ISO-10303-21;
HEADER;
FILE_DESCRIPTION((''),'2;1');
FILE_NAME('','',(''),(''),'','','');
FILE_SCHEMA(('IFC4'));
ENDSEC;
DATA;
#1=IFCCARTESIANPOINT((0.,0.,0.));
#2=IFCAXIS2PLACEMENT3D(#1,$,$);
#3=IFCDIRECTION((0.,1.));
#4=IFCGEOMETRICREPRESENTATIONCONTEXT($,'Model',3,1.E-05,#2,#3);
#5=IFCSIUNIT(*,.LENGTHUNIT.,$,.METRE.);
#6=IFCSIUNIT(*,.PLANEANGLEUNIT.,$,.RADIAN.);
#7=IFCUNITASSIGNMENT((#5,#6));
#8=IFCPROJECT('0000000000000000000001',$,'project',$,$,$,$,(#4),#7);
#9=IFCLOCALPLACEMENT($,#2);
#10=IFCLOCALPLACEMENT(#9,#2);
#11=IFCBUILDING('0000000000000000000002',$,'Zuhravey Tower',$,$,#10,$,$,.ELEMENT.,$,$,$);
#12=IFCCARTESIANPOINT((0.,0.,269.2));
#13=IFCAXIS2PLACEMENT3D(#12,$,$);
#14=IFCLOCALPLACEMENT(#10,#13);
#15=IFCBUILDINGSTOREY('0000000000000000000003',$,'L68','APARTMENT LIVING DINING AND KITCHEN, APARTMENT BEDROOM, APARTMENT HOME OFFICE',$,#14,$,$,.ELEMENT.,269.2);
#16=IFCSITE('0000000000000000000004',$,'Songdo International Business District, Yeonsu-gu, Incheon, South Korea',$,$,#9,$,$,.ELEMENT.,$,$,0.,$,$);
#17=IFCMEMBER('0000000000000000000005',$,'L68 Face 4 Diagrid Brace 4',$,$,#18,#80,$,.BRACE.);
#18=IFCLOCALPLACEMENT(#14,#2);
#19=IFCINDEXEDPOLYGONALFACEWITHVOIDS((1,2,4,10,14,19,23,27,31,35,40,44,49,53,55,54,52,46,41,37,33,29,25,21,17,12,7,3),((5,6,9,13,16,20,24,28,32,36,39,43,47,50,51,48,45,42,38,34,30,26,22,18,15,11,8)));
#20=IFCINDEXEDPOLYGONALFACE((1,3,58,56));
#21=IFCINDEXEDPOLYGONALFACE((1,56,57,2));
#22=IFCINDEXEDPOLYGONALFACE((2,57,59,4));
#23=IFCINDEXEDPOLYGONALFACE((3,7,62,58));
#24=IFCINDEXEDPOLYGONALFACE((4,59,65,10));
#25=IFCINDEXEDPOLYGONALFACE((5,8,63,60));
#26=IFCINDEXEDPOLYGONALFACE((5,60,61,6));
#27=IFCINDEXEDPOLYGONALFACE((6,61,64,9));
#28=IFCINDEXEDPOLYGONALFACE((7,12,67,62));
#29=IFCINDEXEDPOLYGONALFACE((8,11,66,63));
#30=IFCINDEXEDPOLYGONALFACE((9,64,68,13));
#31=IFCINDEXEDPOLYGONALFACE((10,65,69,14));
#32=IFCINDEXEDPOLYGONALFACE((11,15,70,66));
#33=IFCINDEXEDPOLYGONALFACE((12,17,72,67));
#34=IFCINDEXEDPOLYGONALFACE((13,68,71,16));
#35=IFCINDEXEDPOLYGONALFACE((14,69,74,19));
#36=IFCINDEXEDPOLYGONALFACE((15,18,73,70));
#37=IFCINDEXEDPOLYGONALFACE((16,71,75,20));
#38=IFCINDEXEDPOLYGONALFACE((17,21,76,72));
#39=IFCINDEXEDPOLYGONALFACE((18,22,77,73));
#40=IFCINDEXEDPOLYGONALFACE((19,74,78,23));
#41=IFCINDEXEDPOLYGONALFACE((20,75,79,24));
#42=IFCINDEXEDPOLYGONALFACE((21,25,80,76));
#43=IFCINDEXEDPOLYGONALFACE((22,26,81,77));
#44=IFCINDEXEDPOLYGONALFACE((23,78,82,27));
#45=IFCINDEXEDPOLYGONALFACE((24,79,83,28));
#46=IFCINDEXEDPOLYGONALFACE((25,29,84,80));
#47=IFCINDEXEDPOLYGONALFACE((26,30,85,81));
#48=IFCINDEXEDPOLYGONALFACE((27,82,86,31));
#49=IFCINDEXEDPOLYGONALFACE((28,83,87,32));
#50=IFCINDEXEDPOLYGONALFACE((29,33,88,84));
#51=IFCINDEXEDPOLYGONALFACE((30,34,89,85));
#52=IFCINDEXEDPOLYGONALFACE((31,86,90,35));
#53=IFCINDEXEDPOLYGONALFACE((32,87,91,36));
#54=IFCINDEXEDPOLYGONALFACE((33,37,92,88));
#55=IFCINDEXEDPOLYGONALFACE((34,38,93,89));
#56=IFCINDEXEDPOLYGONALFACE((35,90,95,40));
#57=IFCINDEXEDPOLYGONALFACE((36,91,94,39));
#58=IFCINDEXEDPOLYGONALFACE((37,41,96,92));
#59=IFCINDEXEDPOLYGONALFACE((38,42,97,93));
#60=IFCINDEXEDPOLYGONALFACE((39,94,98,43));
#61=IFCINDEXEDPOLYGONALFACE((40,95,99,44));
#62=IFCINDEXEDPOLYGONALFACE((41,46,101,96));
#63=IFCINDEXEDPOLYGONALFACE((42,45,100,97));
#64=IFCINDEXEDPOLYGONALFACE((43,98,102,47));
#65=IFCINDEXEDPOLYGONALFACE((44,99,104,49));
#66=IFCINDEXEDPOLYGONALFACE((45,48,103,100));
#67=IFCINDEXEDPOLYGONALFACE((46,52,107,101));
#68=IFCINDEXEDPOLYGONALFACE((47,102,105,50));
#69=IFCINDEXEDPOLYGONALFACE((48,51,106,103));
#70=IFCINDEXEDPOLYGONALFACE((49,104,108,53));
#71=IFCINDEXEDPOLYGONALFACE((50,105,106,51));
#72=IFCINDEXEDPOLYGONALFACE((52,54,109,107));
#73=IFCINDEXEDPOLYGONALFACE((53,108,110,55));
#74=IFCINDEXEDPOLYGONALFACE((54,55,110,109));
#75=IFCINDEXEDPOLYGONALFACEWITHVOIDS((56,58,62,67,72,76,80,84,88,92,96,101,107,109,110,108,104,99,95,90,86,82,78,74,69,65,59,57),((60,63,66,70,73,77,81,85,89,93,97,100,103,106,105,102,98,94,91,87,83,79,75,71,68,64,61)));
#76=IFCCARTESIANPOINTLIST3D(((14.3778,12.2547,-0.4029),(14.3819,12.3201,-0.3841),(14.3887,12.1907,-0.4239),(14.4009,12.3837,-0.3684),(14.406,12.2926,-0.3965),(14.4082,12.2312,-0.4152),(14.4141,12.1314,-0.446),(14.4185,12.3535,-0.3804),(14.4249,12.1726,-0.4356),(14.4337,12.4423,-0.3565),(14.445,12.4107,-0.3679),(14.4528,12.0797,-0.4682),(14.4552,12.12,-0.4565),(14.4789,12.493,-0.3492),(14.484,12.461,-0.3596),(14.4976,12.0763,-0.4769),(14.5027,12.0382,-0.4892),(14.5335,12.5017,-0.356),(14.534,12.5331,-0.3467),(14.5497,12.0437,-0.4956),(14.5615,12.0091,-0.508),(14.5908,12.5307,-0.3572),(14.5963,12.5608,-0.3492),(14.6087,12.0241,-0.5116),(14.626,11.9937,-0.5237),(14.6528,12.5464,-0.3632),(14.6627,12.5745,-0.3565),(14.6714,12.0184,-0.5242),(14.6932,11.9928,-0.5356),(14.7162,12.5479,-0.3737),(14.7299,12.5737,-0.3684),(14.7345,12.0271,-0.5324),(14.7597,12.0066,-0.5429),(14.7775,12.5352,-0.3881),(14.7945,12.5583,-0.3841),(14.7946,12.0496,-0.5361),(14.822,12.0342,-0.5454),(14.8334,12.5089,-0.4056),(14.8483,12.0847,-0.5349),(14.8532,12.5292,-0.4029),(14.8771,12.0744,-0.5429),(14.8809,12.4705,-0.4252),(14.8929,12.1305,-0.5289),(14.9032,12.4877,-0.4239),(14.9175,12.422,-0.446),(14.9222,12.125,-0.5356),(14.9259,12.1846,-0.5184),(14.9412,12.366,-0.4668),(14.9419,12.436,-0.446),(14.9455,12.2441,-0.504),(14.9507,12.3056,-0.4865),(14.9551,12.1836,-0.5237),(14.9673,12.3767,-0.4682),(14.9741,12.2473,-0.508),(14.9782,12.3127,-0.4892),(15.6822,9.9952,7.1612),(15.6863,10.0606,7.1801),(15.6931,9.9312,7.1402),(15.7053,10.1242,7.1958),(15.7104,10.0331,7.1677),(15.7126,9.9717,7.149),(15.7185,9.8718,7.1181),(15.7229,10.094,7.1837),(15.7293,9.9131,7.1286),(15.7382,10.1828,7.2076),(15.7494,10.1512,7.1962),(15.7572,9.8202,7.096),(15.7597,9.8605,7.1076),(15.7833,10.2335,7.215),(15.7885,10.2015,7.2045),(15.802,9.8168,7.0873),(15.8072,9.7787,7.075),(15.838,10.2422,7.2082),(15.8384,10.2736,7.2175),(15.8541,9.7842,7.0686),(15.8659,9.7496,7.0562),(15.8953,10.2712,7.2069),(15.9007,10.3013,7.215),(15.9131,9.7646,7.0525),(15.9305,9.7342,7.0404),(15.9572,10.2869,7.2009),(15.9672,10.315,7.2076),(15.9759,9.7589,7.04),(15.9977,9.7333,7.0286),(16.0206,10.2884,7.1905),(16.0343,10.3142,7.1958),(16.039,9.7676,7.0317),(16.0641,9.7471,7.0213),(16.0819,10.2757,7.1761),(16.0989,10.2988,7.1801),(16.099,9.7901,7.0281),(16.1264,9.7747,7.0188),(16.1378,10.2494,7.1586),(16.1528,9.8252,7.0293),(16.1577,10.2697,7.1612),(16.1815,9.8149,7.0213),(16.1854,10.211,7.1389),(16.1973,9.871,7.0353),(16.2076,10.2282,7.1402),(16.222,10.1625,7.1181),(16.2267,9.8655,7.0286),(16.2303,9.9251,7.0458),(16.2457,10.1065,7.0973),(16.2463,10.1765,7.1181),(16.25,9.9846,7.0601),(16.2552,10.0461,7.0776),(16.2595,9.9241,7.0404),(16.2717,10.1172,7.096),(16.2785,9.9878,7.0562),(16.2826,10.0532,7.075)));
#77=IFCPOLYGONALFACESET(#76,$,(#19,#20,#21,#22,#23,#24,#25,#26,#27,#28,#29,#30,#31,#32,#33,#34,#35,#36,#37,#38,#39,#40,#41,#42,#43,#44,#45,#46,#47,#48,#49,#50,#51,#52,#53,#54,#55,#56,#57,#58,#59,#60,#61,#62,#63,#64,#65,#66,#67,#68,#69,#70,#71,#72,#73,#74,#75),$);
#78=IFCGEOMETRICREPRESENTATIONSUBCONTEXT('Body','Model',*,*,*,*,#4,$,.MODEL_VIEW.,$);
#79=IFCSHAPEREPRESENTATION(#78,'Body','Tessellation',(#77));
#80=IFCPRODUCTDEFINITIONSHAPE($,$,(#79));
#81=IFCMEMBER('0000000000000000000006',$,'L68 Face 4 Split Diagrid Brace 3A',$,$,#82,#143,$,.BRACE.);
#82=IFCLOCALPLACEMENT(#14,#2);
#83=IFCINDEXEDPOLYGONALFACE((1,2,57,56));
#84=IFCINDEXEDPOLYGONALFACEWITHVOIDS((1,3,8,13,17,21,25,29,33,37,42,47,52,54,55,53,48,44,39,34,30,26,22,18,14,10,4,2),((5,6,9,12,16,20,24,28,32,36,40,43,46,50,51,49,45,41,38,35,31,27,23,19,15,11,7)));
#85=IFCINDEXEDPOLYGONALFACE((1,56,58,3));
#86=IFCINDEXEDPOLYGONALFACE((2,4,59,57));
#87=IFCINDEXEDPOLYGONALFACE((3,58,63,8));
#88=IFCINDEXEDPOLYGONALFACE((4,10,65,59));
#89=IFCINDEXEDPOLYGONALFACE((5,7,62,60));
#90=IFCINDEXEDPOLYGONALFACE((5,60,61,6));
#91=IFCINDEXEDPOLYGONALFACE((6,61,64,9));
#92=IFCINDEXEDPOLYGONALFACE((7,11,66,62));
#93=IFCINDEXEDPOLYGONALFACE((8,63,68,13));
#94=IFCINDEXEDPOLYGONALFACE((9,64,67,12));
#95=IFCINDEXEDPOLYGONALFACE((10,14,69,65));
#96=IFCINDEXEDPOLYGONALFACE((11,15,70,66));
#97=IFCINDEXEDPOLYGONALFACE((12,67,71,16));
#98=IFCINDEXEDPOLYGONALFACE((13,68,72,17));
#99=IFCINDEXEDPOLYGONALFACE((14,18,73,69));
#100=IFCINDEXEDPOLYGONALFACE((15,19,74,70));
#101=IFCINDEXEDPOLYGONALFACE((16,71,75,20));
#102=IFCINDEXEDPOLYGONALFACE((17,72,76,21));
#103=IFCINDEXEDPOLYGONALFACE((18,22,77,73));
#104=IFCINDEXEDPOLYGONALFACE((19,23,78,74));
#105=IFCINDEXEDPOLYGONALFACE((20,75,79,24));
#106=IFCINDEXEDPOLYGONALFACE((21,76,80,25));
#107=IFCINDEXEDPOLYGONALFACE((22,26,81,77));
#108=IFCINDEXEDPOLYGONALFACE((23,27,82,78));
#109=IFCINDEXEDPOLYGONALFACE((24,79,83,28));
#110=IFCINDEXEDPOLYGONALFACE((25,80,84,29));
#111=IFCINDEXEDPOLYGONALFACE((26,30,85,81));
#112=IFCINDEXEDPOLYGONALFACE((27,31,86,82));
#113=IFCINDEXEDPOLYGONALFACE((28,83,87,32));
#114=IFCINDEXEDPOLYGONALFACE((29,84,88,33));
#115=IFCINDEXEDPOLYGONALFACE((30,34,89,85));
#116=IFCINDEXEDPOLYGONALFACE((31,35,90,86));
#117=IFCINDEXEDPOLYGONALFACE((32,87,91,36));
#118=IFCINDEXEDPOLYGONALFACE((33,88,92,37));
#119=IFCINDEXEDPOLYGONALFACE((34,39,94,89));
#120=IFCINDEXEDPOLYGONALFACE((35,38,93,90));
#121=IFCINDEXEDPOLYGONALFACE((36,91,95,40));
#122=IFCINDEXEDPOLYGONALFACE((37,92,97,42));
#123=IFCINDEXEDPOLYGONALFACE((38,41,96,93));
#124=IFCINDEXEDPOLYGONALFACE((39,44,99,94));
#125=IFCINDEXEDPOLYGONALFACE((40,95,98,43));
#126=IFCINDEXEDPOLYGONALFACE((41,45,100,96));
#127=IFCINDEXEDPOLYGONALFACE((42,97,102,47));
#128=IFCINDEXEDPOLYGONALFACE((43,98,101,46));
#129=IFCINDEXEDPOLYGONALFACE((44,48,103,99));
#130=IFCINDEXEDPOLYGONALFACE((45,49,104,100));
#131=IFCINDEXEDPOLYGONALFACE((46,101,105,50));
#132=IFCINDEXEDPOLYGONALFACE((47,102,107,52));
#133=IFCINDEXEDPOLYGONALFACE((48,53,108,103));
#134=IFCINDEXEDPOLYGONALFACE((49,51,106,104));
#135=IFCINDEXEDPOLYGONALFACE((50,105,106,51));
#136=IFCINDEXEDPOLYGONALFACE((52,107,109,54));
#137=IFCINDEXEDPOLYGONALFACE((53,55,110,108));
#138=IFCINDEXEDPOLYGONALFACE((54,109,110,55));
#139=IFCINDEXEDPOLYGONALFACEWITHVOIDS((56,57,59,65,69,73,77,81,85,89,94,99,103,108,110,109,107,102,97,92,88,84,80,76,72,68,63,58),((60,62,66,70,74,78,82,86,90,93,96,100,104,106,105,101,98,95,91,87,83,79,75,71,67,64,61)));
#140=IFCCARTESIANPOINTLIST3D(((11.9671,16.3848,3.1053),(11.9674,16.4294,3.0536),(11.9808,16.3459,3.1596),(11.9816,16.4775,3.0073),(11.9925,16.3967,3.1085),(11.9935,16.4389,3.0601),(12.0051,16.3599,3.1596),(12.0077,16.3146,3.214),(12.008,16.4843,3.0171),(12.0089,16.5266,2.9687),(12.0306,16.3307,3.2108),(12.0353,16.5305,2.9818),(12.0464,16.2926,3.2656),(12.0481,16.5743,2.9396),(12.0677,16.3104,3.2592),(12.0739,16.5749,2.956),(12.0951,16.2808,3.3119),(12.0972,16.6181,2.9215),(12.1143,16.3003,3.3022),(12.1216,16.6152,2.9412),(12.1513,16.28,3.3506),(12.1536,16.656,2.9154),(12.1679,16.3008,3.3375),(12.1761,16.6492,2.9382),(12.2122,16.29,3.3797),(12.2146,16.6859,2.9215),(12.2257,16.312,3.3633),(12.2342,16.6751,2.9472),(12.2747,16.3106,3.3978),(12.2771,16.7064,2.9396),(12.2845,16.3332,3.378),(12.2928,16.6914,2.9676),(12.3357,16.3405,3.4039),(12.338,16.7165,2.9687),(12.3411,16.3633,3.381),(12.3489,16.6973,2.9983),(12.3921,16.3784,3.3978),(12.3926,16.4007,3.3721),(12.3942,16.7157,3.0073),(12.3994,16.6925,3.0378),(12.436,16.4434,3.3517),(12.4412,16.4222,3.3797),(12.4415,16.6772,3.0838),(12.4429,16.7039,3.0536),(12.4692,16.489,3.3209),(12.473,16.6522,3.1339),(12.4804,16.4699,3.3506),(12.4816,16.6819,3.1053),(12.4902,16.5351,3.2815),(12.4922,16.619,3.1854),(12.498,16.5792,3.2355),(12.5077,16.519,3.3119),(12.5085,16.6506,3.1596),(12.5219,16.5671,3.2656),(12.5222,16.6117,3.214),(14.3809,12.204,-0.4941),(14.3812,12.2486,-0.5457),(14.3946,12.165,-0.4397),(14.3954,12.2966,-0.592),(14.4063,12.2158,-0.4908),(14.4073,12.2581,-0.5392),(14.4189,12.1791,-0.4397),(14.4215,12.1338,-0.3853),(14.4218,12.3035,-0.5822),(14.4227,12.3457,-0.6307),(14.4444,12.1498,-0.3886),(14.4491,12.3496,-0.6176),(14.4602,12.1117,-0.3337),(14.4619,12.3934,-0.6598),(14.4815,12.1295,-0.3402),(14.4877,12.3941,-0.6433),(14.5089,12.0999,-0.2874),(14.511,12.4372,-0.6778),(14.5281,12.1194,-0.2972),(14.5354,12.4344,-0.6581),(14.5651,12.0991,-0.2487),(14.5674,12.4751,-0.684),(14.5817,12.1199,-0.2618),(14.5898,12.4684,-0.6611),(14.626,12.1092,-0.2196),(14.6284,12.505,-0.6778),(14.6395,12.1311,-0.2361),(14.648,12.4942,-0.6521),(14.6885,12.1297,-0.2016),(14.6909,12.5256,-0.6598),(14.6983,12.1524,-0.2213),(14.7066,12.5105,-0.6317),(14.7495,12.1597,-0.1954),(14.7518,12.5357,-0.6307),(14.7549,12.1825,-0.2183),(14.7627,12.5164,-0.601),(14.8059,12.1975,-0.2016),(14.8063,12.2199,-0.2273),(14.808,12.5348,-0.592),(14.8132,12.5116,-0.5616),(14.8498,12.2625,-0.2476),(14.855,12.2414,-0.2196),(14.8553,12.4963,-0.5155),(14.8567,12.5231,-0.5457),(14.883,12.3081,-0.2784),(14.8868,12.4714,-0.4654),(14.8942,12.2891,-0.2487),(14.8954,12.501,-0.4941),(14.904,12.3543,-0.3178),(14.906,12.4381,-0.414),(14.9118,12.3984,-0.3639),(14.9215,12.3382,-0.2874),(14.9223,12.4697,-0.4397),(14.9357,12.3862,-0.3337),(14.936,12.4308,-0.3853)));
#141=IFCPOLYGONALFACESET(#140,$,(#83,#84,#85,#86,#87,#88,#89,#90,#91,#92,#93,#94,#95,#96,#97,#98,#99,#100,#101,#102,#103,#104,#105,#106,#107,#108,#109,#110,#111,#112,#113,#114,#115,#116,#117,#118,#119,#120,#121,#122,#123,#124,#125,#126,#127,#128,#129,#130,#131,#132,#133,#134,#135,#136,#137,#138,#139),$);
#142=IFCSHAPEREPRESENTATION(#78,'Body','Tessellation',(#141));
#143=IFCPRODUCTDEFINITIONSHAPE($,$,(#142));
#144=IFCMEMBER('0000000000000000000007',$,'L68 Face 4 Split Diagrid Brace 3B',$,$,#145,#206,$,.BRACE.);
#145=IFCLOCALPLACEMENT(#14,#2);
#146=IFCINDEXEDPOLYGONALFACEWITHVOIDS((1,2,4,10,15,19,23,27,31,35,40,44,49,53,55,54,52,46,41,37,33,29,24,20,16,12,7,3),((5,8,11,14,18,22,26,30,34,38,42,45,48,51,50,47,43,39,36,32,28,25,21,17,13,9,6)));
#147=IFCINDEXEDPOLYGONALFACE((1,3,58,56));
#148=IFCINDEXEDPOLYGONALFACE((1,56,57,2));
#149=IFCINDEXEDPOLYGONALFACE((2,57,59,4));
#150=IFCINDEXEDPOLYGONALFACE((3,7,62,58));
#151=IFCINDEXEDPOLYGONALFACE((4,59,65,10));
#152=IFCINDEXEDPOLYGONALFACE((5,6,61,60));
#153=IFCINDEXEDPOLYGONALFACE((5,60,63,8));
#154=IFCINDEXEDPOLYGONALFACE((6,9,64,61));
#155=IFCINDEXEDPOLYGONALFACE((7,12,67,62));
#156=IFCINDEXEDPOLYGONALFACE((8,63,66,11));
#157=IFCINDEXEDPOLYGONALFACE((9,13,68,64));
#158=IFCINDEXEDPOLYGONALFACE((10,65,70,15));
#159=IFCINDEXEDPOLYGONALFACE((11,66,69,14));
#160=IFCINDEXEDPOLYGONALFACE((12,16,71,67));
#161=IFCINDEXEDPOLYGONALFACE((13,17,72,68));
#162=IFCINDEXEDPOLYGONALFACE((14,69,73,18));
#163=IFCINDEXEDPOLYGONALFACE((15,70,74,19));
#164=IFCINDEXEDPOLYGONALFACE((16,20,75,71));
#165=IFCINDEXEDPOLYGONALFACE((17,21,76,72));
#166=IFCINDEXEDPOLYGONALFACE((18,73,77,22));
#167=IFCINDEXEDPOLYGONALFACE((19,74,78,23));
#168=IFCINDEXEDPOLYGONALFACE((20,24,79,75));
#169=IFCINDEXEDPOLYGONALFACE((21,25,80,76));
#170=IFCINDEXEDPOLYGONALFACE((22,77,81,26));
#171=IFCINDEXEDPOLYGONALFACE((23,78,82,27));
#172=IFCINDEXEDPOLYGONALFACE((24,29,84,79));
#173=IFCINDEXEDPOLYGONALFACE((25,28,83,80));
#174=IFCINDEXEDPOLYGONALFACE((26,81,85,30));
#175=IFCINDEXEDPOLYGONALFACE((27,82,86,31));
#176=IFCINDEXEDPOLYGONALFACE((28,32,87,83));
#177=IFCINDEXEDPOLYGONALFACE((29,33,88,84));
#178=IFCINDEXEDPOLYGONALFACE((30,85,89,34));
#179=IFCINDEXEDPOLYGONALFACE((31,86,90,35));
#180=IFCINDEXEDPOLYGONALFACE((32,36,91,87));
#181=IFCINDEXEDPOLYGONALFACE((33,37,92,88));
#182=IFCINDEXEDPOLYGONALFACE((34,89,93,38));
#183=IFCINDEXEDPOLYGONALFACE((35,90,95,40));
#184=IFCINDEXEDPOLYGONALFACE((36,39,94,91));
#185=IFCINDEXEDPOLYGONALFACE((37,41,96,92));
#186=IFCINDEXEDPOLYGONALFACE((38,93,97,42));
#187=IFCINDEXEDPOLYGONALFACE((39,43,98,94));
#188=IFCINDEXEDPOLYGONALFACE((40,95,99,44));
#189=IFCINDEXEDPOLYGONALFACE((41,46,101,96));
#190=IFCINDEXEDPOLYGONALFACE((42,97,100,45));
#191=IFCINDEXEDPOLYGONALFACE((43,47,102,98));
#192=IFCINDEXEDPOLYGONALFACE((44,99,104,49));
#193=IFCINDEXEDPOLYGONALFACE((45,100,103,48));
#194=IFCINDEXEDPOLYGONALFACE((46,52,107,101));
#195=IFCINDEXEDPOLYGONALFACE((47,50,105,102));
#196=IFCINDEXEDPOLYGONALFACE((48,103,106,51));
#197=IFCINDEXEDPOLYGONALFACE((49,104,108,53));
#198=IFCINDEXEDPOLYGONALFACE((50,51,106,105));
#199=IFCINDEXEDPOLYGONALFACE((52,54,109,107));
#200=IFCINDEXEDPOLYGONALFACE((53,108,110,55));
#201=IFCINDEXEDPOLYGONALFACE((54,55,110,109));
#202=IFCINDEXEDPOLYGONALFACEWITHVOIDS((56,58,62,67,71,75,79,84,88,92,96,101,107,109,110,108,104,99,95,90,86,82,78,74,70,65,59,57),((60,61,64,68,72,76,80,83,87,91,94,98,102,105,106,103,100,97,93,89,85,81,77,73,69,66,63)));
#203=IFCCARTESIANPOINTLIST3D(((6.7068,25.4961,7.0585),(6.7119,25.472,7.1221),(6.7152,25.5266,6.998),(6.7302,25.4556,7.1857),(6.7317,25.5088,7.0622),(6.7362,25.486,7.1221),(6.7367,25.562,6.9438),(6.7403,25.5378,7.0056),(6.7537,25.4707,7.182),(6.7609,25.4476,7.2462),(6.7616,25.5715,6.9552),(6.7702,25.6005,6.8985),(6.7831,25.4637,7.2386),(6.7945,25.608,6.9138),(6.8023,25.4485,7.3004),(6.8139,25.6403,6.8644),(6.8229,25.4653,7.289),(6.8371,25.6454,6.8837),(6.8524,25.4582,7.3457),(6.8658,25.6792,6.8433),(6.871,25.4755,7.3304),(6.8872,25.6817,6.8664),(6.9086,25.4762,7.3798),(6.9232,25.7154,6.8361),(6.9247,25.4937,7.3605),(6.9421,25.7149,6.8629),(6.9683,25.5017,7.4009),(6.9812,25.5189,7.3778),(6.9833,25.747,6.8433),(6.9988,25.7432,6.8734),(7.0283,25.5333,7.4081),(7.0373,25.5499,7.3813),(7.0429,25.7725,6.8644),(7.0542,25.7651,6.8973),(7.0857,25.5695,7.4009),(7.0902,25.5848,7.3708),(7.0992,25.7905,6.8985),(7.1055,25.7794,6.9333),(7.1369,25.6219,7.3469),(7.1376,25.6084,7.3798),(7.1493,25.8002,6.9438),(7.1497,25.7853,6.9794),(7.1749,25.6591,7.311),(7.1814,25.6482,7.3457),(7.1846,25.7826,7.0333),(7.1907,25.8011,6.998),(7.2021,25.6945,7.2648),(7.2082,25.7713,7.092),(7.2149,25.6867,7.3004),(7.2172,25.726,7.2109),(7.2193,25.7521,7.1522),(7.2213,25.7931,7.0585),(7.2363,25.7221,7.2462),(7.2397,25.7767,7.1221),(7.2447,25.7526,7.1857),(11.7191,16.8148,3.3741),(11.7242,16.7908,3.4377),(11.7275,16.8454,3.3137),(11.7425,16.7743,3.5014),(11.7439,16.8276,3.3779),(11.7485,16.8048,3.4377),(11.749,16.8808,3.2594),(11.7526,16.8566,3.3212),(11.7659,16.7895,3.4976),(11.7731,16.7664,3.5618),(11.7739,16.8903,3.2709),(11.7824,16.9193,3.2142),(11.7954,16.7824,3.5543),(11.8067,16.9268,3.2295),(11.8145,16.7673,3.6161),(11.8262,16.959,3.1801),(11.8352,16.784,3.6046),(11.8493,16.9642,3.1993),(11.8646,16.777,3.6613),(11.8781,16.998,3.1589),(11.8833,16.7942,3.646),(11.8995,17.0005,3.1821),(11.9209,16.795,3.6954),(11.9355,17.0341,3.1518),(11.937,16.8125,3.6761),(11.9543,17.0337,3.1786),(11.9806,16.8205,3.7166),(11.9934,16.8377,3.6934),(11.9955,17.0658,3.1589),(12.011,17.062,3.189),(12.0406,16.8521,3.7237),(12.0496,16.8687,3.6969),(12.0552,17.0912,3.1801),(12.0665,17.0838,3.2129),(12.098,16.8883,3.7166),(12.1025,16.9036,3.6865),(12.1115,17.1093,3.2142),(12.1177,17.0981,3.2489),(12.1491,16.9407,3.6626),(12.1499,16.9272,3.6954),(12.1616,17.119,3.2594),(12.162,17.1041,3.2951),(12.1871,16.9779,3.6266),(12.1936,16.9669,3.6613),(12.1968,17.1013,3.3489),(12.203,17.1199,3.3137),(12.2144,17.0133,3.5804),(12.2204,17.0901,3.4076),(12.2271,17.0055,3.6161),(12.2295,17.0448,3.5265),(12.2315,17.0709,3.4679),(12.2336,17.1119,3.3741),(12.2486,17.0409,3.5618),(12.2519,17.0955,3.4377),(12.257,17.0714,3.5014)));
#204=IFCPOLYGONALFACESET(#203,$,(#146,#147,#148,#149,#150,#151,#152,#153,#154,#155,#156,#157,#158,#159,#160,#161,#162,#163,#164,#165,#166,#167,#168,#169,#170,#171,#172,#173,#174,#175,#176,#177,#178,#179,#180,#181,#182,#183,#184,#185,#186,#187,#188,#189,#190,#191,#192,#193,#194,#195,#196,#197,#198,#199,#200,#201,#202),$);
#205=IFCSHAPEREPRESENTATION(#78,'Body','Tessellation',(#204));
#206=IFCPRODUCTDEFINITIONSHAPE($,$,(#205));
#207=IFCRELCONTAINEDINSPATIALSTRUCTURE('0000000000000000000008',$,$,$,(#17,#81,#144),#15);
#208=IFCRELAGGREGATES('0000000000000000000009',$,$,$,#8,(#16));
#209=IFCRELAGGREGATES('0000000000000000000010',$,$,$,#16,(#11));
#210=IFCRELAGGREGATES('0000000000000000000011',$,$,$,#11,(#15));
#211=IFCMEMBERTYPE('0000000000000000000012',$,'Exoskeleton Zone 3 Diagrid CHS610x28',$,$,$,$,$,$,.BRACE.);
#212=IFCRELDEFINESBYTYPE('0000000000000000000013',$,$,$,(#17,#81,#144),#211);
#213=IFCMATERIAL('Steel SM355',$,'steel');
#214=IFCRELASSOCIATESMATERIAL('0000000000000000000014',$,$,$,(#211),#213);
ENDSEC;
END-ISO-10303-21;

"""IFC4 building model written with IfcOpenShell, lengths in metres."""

from ifc_helpers import new_model, si_unit, direction, frame, origin, origin_2d, place, context, subcontext, project, spatial, hollow_circle, extrude, material, material_profile, profile_set, type_object, element, save


model = new_model("IFC4")

# Units and contexts
model_context = context("Model", 3, precision=1e-05, world=origin(), true_north=direction((0.0, 1.0)))
body_context = subcontext(model_context, "Body", "Model", "MODEL_VIEW")
ifc_project = project(units=[si_unit("LENGTHUNIT", "METRE"), si_unit("PLANEANGLEUNIT", "RADIAN")], contexts=[model_context])

# Site, building, storey
site_placement = place(None, origin())
site = spatial("IfcSite", under=ifc_project, at=site_placement, Name="Songdo International Business District, Yeonsu-gu, Incheon, South Korea", CompositionType="ELEMENT", RefElevation=0.0)
building_placement = place(site_placement, origin())
building = spatial("IfcBuilding", under=site, at=building_placement, Name="Zuhravey Tower", CompositionType="ELEMENT")
storey_placement = place(building_placement, frame((0.0, 0.0, 269.2)))
storey = spatial("IfcBuildingStorey", under=building, at=storey_placement, Name="L68", Description="APARTMENT LIVING DINING AND KITCHEN, APARTMENT BEDROOM, APARTMENT HOME OFFICE", CompositionType="ELEMENT", Elevation=269.2)

# Members
ifc_material_1 = material(Name="Steel SM355", Category="steel")
ifc_material_profile_1 = material_profile(ifc_material_1, hollow_circle(Radius=0.3047, WallThickness=0.0281, at=origin_2d()), Name="CHS-609.6x28")
ifc_profile_set_1 = profile_set([ifc_material_profile_1], Name="Steel SM355")
member_type_1 = type_object("IfcMemberType", Name="Exoskeleton Zone 3 Diagrid CHS610x28", PredefinedType="BRACE", material=ifc_profile_set_1)
member_1_placement = place(storey_placement, frame((14.678, 12.2837, -0.446), z_axis=(0.163025, -0.282387, 0.945347), x_axis=(0.866041, 0.499974, 0.0)))
element("IfcMember", 1, at=member_1_placement, inside=storey, type_object=member_type_1, Name="L68 Face 4 Diagrid Brace 4", PredefinedType="BRACE", context=body_context, shape_type="SweptSolid", body=[
    extrude(hollow_circle(Radius=0.3047, WallThickness=0.0281, at=origin_2d()), origin(), (0.0, 0.0, 1.0), 8.0015),
])
member_2_placement = place(storey_placement, frame((14.6584, 12.3174, -0.4397), z_axis=(-0.400847, 0.694297, 0.597724), x_axis=(-0.866028, -0.499995, 0.0)))
element("IfcMember", 2, at=member_2_placement, inside=storey, type_object=member_type_1, Name="L68 Face 4 Split Diagrid Brace 3A", PredefinedType="BRACE", context=body_context, shape_type="SweptSolid", body=[
    extrude(hollow_circle(Radius=0.3047, WallThickness=0.0281, at=origin_2d()), origin(), (0.0, 0.0, 1.0), 6.0217),
])
member_3_placement = place(storey_placement, frame((11.988, 16.9431, 3.4377), z_axis=(-0.469315, 0.812855, 0.34498), x_axis=(-0.866019, -0.500011, 0.0)))
element("IfcMember", 3, at=member_3_placement, inside=storey, type_object=member_type_1, Name="L68 Face 4 Split Diagrid Brace 3B", PredefinedType="BRACE", context=body_context, shape_type="SweptSolid", body=[
    extrude(hollow_circle(Radius=0.3047, WallThickness=0.0281, at=origin_2d()), origin(), (0.0, 0.0, 1.0), 10.6799),
])

save(model, "model.ifc")
